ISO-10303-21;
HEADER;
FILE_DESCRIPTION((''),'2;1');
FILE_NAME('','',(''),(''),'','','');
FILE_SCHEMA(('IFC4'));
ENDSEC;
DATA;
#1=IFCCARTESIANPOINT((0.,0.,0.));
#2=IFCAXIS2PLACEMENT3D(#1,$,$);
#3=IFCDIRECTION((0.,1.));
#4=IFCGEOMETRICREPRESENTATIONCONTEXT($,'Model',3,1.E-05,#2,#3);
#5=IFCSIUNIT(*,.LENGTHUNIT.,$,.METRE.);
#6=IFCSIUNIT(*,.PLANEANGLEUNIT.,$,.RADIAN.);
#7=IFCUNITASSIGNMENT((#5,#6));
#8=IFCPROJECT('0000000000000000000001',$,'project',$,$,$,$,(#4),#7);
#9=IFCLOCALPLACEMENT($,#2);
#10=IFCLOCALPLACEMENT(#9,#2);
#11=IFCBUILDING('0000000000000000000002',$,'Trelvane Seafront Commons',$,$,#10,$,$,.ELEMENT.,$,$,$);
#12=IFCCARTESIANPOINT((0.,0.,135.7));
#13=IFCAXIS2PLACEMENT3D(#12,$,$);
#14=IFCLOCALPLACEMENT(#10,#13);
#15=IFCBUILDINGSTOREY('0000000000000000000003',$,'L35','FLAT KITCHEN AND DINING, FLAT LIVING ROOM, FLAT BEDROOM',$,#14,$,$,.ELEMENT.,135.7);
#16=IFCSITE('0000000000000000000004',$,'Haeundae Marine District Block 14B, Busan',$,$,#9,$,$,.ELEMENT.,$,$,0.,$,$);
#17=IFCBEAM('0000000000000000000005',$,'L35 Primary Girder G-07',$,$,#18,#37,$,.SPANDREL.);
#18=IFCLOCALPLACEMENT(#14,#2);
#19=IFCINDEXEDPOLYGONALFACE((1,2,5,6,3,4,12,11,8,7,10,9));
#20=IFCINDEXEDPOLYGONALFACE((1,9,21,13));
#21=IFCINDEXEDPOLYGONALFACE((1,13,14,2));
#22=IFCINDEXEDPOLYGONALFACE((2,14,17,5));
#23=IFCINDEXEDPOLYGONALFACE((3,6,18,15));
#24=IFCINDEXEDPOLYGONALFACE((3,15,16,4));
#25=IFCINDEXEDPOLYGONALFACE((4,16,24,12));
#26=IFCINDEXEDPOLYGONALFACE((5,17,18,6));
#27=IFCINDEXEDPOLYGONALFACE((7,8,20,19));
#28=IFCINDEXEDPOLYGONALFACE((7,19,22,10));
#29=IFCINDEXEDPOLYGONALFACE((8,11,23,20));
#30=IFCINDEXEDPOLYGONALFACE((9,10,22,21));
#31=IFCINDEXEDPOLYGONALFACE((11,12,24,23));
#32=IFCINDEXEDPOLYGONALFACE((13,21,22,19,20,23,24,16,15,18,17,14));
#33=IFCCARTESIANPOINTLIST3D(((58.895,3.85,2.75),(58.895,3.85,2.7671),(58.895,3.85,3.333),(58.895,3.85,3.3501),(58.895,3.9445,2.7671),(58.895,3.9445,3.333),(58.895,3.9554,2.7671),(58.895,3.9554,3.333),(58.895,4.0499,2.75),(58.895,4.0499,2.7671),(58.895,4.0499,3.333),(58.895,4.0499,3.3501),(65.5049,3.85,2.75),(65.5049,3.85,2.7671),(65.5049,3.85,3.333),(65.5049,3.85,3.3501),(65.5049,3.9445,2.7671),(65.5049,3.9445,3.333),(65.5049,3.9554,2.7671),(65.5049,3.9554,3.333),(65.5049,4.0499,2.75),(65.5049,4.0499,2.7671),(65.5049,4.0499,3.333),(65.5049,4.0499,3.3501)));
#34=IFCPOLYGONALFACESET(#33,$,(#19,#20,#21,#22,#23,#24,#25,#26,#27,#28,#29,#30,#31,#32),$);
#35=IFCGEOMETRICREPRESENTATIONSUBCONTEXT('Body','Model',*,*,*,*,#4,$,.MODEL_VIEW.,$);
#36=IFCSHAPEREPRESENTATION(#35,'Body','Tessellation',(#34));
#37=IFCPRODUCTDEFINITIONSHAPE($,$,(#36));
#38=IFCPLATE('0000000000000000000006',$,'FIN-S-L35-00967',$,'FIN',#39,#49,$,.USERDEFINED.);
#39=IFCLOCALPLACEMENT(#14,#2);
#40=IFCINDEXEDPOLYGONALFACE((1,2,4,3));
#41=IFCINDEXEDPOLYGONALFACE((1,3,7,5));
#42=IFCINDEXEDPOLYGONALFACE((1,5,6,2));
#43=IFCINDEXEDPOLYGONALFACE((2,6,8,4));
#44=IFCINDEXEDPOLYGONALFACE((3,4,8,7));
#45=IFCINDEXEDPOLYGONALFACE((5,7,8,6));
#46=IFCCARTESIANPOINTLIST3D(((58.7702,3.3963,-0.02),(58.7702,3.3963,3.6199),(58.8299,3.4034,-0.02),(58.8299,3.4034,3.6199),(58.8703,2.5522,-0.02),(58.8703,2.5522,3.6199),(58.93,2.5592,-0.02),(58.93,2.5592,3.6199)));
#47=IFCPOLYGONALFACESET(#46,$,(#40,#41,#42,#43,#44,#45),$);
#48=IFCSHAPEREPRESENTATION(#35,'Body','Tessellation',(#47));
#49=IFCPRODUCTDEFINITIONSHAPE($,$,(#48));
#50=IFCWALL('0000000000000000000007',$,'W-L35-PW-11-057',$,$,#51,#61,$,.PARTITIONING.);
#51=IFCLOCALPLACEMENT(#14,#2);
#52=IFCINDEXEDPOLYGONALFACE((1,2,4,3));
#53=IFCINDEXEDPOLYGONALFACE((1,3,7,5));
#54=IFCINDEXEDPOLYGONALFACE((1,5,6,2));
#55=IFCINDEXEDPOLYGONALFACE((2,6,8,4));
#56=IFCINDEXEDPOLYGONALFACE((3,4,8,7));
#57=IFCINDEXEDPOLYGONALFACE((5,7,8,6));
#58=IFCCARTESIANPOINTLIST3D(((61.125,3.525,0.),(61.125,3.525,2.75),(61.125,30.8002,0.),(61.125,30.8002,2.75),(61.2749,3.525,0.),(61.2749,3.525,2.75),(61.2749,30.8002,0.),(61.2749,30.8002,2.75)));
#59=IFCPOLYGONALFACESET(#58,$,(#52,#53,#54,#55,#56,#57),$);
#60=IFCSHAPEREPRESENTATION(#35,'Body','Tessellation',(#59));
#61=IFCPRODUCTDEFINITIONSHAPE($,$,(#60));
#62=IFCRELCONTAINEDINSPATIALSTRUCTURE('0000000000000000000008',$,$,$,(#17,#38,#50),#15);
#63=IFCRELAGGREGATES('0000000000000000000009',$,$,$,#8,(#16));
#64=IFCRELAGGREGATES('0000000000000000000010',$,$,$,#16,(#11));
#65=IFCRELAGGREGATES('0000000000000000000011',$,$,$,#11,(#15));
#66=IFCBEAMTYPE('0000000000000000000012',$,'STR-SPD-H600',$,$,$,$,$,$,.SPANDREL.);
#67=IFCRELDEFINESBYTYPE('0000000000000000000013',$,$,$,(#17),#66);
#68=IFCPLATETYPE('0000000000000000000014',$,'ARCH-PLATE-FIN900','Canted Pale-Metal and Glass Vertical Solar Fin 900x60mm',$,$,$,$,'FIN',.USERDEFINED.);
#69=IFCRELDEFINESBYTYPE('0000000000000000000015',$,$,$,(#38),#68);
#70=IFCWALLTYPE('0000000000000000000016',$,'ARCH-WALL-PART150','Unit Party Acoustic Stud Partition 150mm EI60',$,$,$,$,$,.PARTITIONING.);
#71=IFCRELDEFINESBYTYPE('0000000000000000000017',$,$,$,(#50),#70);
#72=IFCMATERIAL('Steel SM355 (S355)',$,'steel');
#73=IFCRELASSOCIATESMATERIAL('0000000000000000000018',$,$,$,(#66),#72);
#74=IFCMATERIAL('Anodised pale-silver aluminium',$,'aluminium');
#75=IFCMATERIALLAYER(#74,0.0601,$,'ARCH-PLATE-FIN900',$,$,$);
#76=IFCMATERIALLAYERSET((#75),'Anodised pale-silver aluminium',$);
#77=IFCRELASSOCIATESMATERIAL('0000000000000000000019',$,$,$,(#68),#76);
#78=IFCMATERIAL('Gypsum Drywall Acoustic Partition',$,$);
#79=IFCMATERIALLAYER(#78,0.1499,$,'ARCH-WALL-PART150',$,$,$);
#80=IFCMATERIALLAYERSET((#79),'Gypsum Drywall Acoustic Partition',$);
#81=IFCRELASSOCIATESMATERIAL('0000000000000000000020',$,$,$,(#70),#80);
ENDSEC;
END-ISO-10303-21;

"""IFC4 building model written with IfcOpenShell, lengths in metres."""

from ifc_helpers import new_model, si_unit, direction, frame, frame_2d, origin, origin_2d, place, context, subcontext, project, spatial, rectangle, i_section, extrude, source, transform, mapped, material, layer, layer_set, material_profile, profile_set, type_object, element, save


model = new_model("IFC4")

# Units and contexts
model_context = context("Model", 3, precision=1e-05, world=origin(), true_north=direction((0.0, 1.0)))
body_context = subcontext(model_context, "Body", "Model", "MODEL_VIEW")
ifc_project = project(units=[si_unit("LENGTHUNIT", "METRE"), si_unit("PLANEANGLEUNIT", "RADIAN")], contexts=[model_context])

# Site, building, storey
site_placement = place(None, origin())
site = spatial("IfcSite", under=ifc_project, at=site_placement, Name="Haeundae Marine District Block 14B, Busan", CompositionType="ELEMENT", RefElevation=0.0)
building_placement = place(site_placement, origin())
building = spatial("IfcBuilding", under=site, at=building_placement, Name="Trelvane Seafront Commons", CompositionType="ELEMENT")
storey_placement = place(building_placement, frame((0.0, 0.0, 135.7)))
storey = spatial("IfcBuildingStorey", under=building, at=storey_placement, Name="L35", Description="FLAT KITCHEN AND DINING, FLAT LIVING ROOM, FLAT BEDROOM", CompositionType="ELEMENT", Elevation=135.7)

# Beam
ifc_material_1 = material(Name="Steel SM355 (S355)", Category="steel")
ifc_material_profile = material_profile(ifc_material_1, i_section(OverallWidth=0.2, OverallDepth=0.6001, WebThickness=0.011, FlangeThickness=0.0171, at=origin_2d()), Name="H-600x200x11x17")
ifc_profile_set = profile_set([ifc_material_profile], Name="Steel SM355 (S355)")
beam_type = type_object("IfcBeamType", Name="STR-SPD-H600", PredefinedType="SPANDREL", material=ifc_profile_set)
shared_shape_1 = source(origin(), body_context, "Body", "SweptSolid", [
    extrude(i_section(OverallWidth=0.2, OverallDepth=0.6001, WebThickness=0.011, FlangeThickness=0.0171, at=origin_2d()), origin(), (0.0, 0.0, 1.0), 6.6099),
])
beam_placement = place(storey_placement, frame((58.895, 3.95, 3.05), z_axis=(1.0, 0.0, 0.0), x_axis=(0.0, 1.0, 0.0)))
element("IfcBeam", 1, at=beam_placement, inside=storey, type_object=beam_type, Name="L35 Primary Girder G-07", PredefinedType="SPANDREL", context=body_context, shape_type="MappedRepresentation", body=[
    mapped(shared_shape_1, transform((0.0, 0.0, 0.0), x_axis=(1.0, 0.0, 0.0), y_axis=(0.0, 1.0, 0.0), z_axis=(0.0, 0.0, 1.0), scale=1.0)),
])

# Plate
ifc_material_2 = material(Name="Anodised pale-silver aluminium", Category="aluminium")
ifc_layer_1 = layer(ifc_material_2, 0.0601, Name="ARCH-PLATE-FIN900")
ifc_layer_set_1 = layer_set([ifc_layer_1], Name="Anodised pale-silver aluminium")
plate_type = type_object("IfcPlateType", Name="ARCH-PLATE-FIN900", Description="Canted Pale-Metal and Glass Vertical Solar Fin 900x60mm", ElementType="FIN", PredefinedType="USERDEFINED", material=ifc_layer_set_1)
shared_shape_2 = source(origin(), body_context, "Body", "SweptSolid", [
    extrude(rectangle(XDim=0.8501, YDim=0.0601, at=origin_2d()), origin(), (0.0, 0.0, 1.0), 3.6399),
])
plate_placement = place(storey_placement, frame((58.8501, 2.9778, -0.02), z_axis=(0.0, 0.0, 1.0), x_axis=(0.117763, -0.993042, 0.0)))
element("IfcPlate", 2, at=plate_placement, inside=storey, type_object=plate_type, Name="FIN-S-L35-00967", ObjectType="FIN", PredefinedType="USERDEFINED", context=body_context, shape_type="MappedRepresentation", body=[
    mapped(shared_shape_2, transform((0.0, 0.0, 0.0), x_axis=(1.0, 0.0, 0.0), y_axis=(0.0, 1.0, 0.0), z_axis=(0.0, 0.0, 1.0), scale=1.0)),
])

# Wall
ifc_material_3 = material(Name="Gypsum Drywall Acoustic Partition")
ifc_layer_2 = layer(ifc_material_3, 0.1499, Name="ARCH-WALL-PART150")
ifc_layer_set_2 = layer_set([ifc_layer_2], Name="Gypsum Drywall Acoustic Partition")
wall_type = type_object("IfcWallType", Name="ARCH-WALL-PART150", Description="Unit Party Acoustic Stud Partition 150mm EI60", PredefinedType="PARTITIONING", material=ifc_layer_set_2)
wall_placement = place(storey_placement, frame((61.2, 3.5249, 0.0), z_axis=(0.0, 0.0, 1.0), x_axis=(0.0, 1.0, 0.0)))
element("IfcWall", 3, at=wall_placement, inside=storey, type_object=wall_type, Name="W-L35-PW-11-057", PredefinedType="PARTITIONING", context=body_context, shape_type="SweptSolid", body=[
    extrude(rectangle(XDim=27.2751, YDim=0.1499, at=frame_2d((13.6377, 0.0))), origin(), (0.0, 0.0, 1.0), 2.75),
])

save(model, "model.ifc")
